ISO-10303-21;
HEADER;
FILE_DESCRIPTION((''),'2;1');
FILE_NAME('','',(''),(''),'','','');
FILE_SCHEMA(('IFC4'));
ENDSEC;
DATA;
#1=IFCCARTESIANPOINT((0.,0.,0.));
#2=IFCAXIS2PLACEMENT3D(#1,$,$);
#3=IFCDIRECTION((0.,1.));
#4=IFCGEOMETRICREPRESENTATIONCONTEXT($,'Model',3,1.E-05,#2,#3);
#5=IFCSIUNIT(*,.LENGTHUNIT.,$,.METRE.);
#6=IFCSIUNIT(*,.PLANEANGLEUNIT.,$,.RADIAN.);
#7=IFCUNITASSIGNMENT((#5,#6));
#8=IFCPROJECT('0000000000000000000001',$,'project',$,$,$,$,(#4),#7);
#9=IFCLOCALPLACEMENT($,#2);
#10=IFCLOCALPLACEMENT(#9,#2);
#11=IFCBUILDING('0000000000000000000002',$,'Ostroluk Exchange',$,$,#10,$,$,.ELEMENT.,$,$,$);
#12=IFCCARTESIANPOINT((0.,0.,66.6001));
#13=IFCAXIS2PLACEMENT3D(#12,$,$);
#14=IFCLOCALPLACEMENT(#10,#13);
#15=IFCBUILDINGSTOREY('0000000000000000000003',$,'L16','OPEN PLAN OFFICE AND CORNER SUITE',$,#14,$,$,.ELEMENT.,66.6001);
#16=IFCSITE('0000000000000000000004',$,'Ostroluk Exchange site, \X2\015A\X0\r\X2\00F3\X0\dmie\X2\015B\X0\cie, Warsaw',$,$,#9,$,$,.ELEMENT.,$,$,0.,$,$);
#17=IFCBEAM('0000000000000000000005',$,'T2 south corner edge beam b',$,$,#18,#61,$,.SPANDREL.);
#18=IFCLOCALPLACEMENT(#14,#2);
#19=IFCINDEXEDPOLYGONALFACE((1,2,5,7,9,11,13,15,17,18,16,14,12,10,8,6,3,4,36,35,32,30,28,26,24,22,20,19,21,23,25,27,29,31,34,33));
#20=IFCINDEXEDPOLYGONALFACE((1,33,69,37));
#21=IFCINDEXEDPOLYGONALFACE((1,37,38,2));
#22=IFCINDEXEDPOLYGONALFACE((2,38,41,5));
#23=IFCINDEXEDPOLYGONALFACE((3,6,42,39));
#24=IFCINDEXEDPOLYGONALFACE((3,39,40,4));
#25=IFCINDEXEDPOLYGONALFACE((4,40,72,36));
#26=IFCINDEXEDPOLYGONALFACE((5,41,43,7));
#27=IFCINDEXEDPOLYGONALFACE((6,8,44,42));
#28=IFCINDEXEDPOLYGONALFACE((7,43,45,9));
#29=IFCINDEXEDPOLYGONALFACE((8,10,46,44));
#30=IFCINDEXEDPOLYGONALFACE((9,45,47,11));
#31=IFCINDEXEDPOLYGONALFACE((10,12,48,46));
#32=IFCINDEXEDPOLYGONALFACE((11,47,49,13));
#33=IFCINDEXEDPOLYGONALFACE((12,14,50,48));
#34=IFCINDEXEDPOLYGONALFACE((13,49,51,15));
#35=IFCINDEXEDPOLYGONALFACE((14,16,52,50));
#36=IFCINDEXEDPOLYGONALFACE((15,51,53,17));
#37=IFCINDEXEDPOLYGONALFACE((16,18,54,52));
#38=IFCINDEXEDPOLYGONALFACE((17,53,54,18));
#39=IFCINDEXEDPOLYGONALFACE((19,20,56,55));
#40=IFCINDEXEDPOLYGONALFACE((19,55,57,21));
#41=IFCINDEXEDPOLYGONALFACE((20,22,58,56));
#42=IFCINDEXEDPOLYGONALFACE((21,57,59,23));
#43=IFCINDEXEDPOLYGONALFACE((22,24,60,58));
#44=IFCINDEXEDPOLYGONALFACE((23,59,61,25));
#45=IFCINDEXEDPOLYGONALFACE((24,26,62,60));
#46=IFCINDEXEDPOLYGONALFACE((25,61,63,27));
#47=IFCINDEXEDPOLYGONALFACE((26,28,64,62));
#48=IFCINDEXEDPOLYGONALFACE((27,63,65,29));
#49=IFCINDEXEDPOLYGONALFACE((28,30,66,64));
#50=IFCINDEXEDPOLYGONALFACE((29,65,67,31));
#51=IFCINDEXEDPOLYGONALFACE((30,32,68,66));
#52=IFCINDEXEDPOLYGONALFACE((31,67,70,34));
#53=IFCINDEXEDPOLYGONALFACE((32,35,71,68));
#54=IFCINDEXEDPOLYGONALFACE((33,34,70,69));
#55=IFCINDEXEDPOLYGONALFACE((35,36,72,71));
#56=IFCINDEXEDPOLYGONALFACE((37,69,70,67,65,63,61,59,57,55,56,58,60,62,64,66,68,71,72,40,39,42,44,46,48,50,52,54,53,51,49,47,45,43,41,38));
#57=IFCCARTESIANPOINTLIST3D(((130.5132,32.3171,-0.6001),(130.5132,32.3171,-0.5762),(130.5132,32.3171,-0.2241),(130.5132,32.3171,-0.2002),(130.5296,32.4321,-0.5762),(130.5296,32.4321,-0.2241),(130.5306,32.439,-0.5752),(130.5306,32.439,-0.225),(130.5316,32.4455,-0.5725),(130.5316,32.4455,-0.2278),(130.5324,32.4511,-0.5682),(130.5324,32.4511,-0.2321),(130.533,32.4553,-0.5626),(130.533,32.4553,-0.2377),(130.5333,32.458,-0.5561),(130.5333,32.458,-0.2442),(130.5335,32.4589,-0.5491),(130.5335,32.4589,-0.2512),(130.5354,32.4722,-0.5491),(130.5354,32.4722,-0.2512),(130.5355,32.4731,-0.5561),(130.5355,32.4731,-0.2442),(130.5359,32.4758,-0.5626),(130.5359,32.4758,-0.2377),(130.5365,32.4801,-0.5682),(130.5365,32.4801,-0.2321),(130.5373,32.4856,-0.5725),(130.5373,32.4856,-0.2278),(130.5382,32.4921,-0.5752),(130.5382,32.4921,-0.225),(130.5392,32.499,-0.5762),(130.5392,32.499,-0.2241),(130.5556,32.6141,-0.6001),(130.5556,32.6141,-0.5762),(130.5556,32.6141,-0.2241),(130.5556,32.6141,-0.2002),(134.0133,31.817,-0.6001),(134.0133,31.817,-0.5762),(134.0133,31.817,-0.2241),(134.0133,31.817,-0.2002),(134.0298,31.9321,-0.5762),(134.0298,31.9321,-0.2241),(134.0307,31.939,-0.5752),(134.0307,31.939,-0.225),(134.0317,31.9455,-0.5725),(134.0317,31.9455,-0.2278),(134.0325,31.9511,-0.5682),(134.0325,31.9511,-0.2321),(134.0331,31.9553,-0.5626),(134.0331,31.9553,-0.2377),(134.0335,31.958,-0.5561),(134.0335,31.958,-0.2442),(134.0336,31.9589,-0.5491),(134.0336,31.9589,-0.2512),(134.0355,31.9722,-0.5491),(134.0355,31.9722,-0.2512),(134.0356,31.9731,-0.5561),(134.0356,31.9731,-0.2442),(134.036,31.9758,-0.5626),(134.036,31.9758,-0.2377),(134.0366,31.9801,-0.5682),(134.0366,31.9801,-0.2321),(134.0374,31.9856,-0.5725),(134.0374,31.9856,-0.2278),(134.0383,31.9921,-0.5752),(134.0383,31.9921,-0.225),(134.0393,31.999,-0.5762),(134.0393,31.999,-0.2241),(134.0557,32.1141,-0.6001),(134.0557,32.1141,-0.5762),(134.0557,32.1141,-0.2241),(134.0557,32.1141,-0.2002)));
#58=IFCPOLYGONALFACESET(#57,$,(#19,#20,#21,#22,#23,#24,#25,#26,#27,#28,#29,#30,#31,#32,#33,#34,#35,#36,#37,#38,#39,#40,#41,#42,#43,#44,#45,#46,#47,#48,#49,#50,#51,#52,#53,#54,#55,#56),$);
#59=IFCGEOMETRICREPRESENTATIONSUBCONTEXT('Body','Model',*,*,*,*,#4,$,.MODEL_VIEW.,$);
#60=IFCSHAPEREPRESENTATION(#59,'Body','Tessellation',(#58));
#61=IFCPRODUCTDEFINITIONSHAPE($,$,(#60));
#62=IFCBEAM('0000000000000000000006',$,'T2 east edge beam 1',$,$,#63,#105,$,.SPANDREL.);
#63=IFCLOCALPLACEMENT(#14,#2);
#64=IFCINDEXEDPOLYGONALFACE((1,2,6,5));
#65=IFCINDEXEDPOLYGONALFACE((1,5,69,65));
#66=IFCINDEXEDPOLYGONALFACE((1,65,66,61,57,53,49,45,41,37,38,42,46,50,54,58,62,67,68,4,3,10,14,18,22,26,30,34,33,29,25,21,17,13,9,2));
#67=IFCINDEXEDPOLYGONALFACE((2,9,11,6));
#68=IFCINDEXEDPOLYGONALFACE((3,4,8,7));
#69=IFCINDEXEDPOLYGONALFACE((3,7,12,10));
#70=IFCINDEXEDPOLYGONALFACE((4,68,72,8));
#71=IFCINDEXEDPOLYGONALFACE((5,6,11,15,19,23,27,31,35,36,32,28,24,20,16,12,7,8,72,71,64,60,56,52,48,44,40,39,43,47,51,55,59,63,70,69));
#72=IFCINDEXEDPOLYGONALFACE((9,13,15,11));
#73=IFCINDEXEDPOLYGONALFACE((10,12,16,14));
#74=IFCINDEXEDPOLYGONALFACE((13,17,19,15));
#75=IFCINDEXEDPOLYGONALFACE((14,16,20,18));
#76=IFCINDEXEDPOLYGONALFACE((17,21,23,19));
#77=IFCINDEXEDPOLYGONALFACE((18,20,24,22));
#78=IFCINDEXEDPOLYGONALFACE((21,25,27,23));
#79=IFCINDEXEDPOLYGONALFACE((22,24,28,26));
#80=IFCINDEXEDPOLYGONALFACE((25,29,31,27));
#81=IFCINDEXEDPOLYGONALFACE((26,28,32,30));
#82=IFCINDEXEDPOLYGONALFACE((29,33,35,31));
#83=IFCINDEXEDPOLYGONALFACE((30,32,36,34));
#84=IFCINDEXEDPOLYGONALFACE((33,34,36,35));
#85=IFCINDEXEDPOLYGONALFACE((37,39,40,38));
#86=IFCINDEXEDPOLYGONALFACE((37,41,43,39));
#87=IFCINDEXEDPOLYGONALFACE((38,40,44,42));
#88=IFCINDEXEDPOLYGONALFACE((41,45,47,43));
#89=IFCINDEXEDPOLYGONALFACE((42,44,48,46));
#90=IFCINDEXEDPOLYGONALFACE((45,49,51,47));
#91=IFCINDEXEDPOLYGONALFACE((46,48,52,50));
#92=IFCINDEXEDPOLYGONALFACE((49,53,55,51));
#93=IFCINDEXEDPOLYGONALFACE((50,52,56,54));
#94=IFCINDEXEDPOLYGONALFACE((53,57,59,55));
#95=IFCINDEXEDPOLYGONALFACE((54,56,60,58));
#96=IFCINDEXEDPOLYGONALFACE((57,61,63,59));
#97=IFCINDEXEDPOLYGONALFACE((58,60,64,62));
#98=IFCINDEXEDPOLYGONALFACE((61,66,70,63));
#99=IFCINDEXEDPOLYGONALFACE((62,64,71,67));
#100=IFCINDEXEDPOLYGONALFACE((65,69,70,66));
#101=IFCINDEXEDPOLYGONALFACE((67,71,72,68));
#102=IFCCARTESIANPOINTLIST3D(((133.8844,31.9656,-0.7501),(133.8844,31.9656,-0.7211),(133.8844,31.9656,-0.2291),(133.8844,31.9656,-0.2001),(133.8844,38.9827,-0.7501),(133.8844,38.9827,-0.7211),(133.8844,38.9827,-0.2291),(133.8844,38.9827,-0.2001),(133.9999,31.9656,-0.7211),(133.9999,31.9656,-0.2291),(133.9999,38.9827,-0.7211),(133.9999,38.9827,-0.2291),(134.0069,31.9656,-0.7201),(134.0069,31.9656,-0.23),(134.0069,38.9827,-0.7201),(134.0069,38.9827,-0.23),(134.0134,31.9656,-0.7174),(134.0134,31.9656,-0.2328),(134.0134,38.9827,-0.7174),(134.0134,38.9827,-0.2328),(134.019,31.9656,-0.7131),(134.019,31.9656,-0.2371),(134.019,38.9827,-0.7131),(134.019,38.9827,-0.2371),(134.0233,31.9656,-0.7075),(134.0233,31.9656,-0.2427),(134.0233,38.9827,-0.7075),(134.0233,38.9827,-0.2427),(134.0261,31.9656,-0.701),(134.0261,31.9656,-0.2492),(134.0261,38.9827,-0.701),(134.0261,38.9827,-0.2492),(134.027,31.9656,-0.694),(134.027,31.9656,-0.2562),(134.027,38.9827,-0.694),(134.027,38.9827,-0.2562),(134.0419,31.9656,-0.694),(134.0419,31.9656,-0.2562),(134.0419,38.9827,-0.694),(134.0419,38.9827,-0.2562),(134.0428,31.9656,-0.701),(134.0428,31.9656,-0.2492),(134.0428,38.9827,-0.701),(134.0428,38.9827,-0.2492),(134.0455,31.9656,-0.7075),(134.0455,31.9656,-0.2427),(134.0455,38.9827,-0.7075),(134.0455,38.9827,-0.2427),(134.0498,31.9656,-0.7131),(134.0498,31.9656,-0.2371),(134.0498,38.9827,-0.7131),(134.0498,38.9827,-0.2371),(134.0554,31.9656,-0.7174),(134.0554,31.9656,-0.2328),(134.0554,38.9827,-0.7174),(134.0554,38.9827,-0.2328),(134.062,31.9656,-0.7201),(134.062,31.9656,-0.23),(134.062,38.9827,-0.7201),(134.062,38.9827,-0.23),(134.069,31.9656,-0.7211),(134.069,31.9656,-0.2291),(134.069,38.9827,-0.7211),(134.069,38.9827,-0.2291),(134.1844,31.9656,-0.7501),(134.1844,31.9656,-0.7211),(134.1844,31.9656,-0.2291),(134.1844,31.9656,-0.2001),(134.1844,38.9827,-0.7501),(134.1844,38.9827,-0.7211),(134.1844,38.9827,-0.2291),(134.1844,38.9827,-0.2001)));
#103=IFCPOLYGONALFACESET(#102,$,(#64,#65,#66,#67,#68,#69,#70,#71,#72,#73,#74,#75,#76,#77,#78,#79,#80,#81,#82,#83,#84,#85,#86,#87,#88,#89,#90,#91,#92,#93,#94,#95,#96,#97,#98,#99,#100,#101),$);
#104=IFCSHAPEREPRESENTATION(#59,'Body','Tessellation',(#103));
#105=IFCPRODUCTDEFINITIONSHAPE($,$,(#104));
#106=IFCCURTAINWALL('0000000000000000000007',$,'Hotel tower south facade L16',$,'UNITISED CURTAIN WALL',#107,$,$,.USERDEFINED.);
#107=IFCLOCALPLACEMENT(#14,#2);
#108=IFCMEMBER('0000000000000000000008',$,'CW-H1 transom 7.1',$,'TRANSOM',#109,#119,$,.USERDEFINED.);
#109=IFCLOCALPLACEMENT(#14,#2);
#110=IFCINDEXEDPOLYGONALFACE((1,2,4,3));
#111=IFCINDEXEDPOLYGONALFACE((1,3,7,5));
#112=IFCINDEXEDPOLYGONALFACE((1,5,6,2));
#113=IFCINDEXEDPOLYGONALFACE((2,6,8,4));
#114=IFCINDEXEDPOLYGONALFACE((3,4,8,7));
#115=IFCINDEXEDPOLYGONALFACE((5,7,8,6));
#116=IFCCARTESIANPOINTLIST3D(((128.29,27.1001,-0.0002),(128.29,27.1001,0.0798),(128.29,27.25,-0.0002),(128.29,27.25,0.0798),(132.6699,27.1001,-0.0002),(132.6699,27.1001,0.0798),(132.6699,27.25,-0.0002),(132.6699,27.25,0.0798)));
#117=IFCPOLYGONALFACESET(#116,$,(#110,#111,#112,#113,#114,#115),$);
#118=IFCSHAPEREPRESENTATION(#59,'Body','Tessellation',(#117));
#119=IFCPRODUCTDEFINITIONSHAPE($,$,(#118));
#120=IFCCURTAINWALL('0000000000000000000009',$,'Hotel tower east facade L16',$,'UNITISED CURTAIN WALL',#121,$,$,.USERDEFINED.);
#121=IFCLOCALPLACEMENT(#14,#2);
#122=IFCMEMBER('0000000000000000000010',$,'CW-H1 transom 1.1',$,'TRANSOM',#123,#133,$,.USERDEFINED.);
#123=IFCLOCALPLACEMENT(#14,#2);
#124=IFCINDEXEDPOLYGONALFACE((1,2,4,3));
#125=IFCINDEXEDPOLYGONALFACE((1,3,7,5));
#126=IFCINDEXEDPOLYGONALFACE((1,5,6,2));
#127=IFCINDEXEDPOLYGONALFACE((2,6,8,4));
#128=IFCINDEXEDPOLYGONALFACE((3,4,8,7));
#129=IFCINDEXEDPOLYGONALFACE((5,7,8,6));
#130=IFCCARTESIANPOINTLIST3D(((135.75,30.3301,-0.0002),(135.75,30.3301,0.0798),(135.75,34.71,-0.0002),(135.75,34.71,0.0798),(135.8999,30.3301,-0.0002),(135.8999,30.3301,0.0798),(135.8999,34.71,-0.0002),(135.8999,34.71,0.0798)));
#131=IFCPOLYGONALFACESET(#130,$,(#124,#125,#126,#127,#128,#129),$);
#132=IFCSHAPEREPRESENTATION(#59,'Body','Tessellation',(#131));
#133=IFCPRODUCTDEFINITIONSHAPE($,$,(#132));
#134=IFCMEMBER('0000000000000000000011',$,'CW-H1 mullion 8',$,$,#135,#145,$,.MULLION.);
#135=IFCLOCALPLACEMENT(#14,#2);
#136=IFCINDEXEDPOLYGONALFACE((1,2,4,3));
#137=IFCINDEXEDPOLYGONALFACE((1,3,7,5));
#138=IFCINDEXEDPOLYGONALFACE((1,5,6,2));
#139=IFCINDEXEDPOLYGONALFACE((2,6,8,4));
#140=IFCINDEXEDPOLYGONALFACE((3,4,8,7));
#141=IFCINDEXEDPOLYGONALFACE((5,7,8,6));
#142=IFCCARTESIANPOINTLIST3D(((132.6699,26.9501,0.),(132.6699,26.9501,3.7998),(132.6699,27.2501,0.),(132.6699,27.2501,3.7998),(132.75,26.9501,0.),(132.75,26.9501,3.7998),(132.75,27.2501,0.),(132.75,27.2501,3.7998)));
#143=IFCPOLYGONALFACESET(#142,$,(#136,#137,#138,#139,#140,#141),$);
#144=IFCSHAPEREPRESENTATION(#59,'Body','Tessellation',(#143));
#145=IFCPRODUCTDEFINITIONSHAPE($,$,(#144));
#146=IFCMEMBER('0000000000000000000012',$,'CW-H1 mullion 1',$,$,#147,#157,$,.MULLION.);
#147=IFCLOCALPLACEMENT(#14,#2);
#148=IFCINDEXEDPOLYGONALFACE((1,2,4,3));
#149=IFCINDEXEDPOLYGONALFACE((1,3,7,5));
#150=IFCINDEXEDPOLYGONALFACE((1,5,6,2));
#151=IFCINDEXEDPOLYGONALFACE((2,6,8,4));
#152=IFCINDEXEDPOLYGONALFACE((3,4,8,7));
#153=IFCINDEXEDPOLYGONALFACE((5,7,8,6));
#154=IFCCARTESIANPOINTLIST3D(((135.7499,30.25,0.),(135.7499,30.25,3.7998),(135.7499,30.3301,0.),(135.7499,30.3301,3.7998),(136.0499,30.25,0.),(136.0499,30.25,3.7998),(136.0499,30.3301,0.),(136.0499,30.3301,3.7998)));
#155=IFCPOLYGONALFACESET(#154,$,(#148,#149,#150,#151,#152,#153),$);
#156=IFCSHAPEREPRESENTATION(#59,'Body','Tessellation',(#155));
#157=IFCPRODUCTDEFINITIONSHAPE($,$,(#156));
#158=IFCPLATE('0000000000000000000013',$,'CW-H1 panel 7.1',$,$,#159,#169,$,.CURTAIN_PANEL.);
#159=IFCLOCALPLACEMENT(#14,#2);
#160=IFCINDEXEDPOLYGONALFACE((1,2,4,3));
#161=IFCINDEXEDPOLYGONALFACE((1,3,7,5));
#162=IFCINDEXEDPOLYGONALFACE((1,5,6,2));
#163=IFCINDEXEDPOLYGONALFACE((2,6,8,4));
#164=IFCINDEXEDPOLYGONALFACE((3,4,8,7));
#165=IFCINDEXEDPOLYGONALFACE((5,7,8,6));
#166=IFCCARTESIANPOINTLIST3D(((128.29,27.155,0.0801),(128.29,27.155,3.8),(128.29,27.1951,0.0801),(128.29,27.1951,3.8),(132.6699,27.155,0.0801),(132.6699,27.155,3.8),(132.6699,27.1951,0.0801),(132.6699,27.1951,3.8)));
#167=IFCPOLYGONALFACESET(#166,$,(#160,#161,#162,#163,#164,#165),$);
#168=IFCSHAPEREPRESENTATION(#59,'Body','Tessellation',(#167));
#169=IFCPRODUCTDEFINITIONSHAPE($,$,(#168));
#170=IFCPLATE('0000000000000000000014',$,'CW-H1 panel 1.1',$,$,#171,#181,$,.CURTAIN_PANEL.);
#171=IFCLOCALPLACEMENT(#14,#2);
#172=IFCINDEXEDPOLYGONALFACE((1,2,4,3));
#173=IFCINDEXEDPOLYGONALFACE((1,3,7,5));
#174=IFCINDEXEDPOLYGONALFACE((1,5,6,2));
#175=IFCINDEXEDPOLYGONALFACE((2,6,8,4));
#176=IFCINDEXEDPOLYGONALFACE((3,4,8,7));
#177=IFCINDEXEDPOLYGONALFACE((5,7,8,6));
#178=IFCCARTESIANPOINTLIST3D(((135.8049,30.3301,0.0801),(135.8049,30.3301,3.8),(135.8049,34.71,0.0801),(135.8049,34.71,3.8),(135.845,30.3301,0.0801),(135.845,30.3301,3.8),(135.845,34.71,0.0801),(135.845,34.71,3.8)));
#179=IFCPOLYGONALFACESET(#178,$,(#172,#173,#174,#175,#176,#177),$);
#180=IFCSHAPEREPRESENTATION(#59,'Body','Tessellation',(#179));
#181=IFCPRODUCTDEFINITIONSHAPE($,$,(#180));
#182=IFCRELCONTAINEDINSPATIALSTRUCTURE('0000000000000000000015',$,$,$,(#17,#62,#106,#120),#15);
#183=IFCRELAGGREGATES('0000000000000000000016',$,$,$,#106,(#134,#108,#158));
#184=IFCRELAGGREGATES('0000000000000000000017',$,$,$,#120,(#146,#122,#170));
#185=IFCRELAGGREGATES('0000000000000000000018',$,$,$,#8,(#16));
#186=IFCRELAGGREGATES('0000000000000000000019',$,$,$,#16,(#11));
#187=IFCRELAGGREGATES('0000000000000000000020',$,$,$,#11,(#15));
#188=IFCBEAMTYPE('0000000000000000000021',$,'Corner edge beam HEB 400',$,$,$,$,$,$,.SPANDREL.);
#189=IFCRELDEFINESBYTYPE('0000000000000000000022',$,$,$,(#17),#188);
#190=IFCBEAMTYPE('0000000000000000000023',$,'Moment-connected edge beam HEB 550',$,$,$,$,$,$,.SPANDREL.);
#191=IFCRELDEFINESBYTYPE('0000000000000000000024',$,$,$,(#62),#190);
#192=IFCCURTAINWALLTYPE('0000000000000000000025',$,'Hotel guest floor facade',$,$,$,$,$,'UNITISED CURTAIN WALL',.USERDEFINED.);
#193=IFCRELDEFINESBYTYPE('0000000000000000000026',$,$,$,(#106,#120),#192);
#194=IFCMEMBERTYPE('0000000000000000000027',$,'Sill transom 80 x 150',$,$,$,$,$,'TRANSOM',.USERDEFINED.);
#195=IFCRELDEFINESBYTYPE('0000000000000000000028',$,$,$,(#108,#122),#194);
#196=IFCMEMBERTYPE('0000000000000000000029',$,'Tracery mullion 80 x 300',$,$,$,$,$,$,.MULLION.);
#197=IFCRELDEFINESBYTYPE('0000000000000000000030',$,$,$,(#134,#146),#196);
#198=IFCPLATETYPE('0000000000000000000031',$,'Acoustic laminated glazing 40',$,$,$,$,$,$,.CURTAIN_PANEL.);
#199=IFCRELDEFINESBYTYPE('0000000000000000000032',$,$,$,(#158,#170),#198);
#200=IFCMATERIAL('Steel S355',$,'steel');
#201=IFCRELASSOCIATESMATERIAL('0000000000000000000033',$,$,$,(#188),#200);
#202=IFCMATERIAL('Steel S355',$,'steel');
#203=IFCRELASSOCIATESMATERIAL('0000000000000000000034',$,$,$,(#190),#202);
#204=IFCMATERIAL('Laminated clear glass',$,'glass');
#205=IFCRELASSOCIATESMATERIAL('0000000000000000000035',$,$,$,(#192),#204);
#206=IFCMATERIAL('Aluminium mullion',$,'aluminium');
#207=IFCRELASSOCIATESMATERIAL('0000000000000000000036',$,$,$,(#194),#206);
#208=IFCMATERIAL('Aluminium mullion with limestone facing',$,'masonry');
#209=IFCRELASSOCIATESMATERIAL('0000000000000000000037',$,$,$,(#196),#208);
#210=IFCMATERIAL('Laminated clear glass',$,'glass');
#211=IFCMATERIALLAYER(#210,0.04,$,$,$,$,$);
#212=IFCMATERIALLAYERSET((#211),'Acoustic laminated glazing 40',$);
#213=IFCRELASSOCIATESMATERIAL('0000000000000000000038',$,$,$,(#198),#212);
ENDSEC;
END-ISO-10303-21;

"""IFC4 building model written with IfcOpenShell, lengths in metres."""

from ifc_helpers import new_model, si_unit, direction, frame, origin, origin_2d, place, context, subcontext, project, spatial, rectangle, i_section, extrude, material, layer, layer_set, material_profile, profile_set, type_object, element, aggregate, save


model = new_model("IFC4")

# Units and contexts
model_context = context("Model", 3, precision=1e-05, world=origin(), true_north=direction((0.0, 1.0)))
body_context = subcontext(model_context, "Body", "Model", "MODEL_VIEW")
ifc_project = project(units=[si_unit("LENGTHUNIT", "METRE"), si_unit("PLANEANGLEUNIT", "RADIAN")], contexts=[model_context])

# Site, building, storey
site_placement = place(None, origin())
site = spatial("IfcSite", under=ifc_project, at=site_placement, Name="Ostroluk Exchange site, Śródmieście, Warsaw", CompositionType="ELEMENT", RefElevation=0.0)
building_placement = place(site_placement, origin())
building = spatial("IfcBuilding", under=site, at=building_placement, Name="Ostroluk Exchange", CompositionType="ELEMENT")
storey_placement = place(building_placement, frame((0.0, 0.0, 66.6001)))
storey = spatial("IfcBuildingStorey", under=building, at=storey_placement, Name="L16", Description="OPEN PLAN OFFICE AND CORNER SUITE", CompositionType="ELEMENT", Elevation=66.6001)

# Beams
ifc_material_1 = material(Name="Steel S355", Category="steel")
ifc_material_profile_1 = material_profile(ifc_material_1, i_section(OverallWidth=0.3, OverallDepth=0.3999, WebThickness=0.0134, FlangeThickness=0.0239, FilletRadius=0.0271, at=origin_2d()), Name="HEB 400")
ifc_profile_set_1 = profile_set([ifc_material_profile_1], Name="Steel S355")
beam_type_1 = type_object("IfcBeamType", Name="Corner edge beam HEB 400", PredefinedType="SPANDREL", material=ifc_profile_set_1)
for number, where, z_axis, x_axis, name in (
    (1, (130.5344, 32.4656, -0.4001), (0.989949, -0.141421, 0.0), (0.141421, 0.989949, 0.0), "T2 south corner edge beam b"),
):
    element("IfcBeam", number, at=place(storey_placement, frame(where, z_axis=z_axis, x_axis=x_axis)), inside=storey, type_object=beam_type_1, Name=name, PredefinedType="SPANDREL", context=body_context, shape_type="SweptSolid", body=[
        extrude(i_section(OverallWidth=0.3, OverallDepth=0.3999, WebThickness=0.0134, FlangeThickness=0.0239, FilletRadius=0.0271, at=origin_2d()), origin(), (0.0, 0.0, 1.0), 3.5356),
    ])
ifc_material_2 = material(Name="Steel S355", Category="steel")
ifc_material_profile_2 = material_profile(ifc_material_2, i_section(OverallWidth=0.3, OverallDepth=0.55, WebThickness=0.0149, FlangeThickness=0.0291, FilletRadius=0.0271, at=origin_2d()), Name="HEB 550")
ifc_profile_set_2 = profile_set([ifc_material_profile_2], Name="Steel S355")
beam_type_2 = type_object("IfcBeamType", Name="Moment-connected edge beam HEB 550", PredefinedType="SPANDREL", material=ifc_profile_set_2)
beam_1_placement = place(storey_placement, frame((134.0344, 31.9656, -0.4751), z_axis=(0.0, 1.0, 0.0), x_axis=(-1.0, 0.0, 0.0)))
element("IfcBeam", 2, at=beam_1_placement, inside=storey, type_object=beam_type_2, Name="T2 east edge beam 1", PredefinedType="SPANDREL", context=body_context, shape_type="SweptSolid", body=[
    extrude(i_section(OverallWidth=0.3, OverallDepth=0.55, WebThickness=0.0149, FlangeThickness=0.0291, FilletRadius=0.0271, at=origin_2d()), origin(), (0.0, 0.0, 1.0), 7.0171),
])

# Curtain walls, members
ifc_material_3 = material(Name="Laminated clear glass", Category="glass")
curtain_wall_type = type_object("IfcCurtainWallType", Name="Hotel guest floor facade", ElementType="UNITISED CURTAIN WALL", PredefinedType="USERDEFINED", material=ifc_material_3)
curtain_wall_1_placement = place(storey_placement, origin())
curtain_wall_1 = element("IfcCurtainWall", 3, at=curtain_wall_1_placement, inside=storey, type_object=curtain_wall_type, Name="Hotel tower south facade L16", ObjectType="UNITISED CURTAIN WALL", PredefinedType="USERDEFINED")
ifc_material_4 = material(Name="Aluminium mullion", Category="aluminium")
ifc_material_profile_3 = material_profile(ifc_material_4, rectangle(XDim=0.1499, YDim=0.0801, at=origin_2d()), Name="Sill transom 80 x 150")
ifc_profile_set_3 = profile_set([ifc_material_profile_3], Name="Aluminium mullion")
member_type_1 = type_object("IfcMemberType", Name="Sill transom 80 x 150", ElementType="TRANSOM", PredefinedType="USERDEFINED", material=ifc_profile_set_3)
member_1_placement = place(storey_placement, frame((128.29, 27.175, 0.0398), z_axis=(1.0, 0.0, 0.0), x_axis=(0.0, 1.0, 0.0)))
member_1 = element("IfcMember", 4, at=member_1_placement, type_object=member_type_1, Name="CW-H1 transom 7.1", ObjectType="TRANSOM", PredefinedType="USERDEFINED", context=body_context, shape_type="SweptSolid", body=[
    extrude(rectangle(XDim=0.1499, YDim=0.0801, at=origin_2d()), origin(), (0.0, 0.0, 1.0), 4.3799),
])
curtain_wall_2_placement = place(storey_placement, origin())
curtain_wall_2 = element("IfcCurtainWall", 5, at=curtain_wall_2_placement, inside=storey, type_object=curtain_wall_type, Name="Hotel tower east facade L16", ObjectType="UNITISED CURTAIN WALL", PredefinedType="USERDEFINED")
member_2_placement = place(storey_placement, frame((135.825, 30.3301, 0.0398), z_axis=(0.0, 1.0, 0.0), x_axis=(-1.0, 0.0, 0.0)))
member_2 = element("IfcMember", 6, at=member_2_placement, type_object=member_type_1, Name="CW-H1 transom 1.1", ObjectType="TRANSOM", PredefinedType="USERDEFINED", context=body_context, shape_type="SweptSolid", body=[
    extrude(rectangle(XDim=0.1499, YDim=0.0801, at=origin_2d()), origin(), (0.0, 0.0, 1.0), 4.3799),
])

# Members
ifc_material_5 = material(Name="Aluminium mullion with limestone facing", Category="masonry")
ifc_material_profile_4 = material_profile(ifc_material_5, rectangle(XDim=0.3, YDim=0.0801, at=origin_2d()), Name="Tracery mullion 80 x 300")
ifc_profile_set_4 = profile_set([ifc_material_profile_4], Name="Aluminium mullion with limestone facing")
member_type_2 = type_object("IfcMemberType", Name="Tracery mullion 80 x 300", PredefinedType="MULLION", material=ifc_profile_set_4)
member_3_placement = place(storey_placement, frame((132.71, 27.1001, 0.0), z_axis=(0.0, 0.0, 1.0), x_axis=(0.0, 1.0, 0.0)))
member_3 = element("IfcMember", 7, at=member_3_placement, type_object=member_type_2, Name="CW-H1 mullion 8", PredefinedType="MULLION", context=body_context, shape_type="SweptSolid", body=[
    extrude(rectangle(XDim=0.3, YDim=0.0801, at=origin_2d()), origin(), (0.0, 0.0, 1.0), 3.7998),
])
member_4_placement = place(storey_placement, frame((135.8999, 30.29, 0.0), z_axis=(0.0, 0.0, 1.0), x_axis=(-1.0, 0.0, 0.0)))
member_4 = element("IfcMember", 8, at=member_4_placement, type_object=member_type_2, Name="CW-H1 mullion 1", PredefinedType="MULLION", context=body_context, shape_type="SweptSolid", body=[
    extrude(rectangle(XDim=0.3, YDim=0.0801, at=origin_2d()), origin(), (0.0, 0.0, 1.0), 3.7998),
])

# Plates
ifc_material_6 = material(Name="Laminated clear glass", Category="glass")
ifc_layer_1 = layer(ifc_material_6, 0.04)
ifc_layer_set_1 = layer_set([ifc_layer_1], Name="Acoustic laminated glazing 40")
plate_type_1 = type_object("IfcPlateType", Name="Acoustic laminated glazing 40", PredefinedType="CURTAIN_PANEL", material=ifc_layer_set_1)
plate_1_placement = place(storey_placement, frame((130.48, 27.175, 0.0801), z_axis=(0.0, 0.0, 1.0), x_axis=(1.0, 0.0, 0.0)))
plate_1 = element("IfcPlate", 9, at=plate_1_placement, type_object=plate_type_1, Name="CW-H1 panel 7.1", PredefinedType="CURTAIN_PANEL", context=body_context, shape_type="SweptSolid", body=[
    extrude(rectangle(XDim=4.3799, YDim=0.04, at=origin_2d()), origin(), (0.0, 0.0, 1.0), 3.72),
])
aggregate(curtain_wall_1, [member_3, member_1, plate_1])
plate_2_placement = place(storey_placement, frame((135.825, 32.52, 0.0801), z_axis=(0.0, 0.0, 1.0), x_axis=(0.0, 1.0, 0.0)))
plate_2 = element("IfcPlate", 10, at=plate_2_placement, type_object=plate_type_1, Name="CW-H1 panel 1.1", PredefinedType="CURTAIN_PANEL", context=body_context, shape_type="SweptSolid", body=[
    extrude(rectangle(XDim=4.3799, YDim=0.04, at=origin_2d()), origin(), (0.0, 0.0, 1.0), 3.72),
])
aggregate(curtain_wall_2, [member_4, member_2, plate_2])

save(model, "model.ifc")
